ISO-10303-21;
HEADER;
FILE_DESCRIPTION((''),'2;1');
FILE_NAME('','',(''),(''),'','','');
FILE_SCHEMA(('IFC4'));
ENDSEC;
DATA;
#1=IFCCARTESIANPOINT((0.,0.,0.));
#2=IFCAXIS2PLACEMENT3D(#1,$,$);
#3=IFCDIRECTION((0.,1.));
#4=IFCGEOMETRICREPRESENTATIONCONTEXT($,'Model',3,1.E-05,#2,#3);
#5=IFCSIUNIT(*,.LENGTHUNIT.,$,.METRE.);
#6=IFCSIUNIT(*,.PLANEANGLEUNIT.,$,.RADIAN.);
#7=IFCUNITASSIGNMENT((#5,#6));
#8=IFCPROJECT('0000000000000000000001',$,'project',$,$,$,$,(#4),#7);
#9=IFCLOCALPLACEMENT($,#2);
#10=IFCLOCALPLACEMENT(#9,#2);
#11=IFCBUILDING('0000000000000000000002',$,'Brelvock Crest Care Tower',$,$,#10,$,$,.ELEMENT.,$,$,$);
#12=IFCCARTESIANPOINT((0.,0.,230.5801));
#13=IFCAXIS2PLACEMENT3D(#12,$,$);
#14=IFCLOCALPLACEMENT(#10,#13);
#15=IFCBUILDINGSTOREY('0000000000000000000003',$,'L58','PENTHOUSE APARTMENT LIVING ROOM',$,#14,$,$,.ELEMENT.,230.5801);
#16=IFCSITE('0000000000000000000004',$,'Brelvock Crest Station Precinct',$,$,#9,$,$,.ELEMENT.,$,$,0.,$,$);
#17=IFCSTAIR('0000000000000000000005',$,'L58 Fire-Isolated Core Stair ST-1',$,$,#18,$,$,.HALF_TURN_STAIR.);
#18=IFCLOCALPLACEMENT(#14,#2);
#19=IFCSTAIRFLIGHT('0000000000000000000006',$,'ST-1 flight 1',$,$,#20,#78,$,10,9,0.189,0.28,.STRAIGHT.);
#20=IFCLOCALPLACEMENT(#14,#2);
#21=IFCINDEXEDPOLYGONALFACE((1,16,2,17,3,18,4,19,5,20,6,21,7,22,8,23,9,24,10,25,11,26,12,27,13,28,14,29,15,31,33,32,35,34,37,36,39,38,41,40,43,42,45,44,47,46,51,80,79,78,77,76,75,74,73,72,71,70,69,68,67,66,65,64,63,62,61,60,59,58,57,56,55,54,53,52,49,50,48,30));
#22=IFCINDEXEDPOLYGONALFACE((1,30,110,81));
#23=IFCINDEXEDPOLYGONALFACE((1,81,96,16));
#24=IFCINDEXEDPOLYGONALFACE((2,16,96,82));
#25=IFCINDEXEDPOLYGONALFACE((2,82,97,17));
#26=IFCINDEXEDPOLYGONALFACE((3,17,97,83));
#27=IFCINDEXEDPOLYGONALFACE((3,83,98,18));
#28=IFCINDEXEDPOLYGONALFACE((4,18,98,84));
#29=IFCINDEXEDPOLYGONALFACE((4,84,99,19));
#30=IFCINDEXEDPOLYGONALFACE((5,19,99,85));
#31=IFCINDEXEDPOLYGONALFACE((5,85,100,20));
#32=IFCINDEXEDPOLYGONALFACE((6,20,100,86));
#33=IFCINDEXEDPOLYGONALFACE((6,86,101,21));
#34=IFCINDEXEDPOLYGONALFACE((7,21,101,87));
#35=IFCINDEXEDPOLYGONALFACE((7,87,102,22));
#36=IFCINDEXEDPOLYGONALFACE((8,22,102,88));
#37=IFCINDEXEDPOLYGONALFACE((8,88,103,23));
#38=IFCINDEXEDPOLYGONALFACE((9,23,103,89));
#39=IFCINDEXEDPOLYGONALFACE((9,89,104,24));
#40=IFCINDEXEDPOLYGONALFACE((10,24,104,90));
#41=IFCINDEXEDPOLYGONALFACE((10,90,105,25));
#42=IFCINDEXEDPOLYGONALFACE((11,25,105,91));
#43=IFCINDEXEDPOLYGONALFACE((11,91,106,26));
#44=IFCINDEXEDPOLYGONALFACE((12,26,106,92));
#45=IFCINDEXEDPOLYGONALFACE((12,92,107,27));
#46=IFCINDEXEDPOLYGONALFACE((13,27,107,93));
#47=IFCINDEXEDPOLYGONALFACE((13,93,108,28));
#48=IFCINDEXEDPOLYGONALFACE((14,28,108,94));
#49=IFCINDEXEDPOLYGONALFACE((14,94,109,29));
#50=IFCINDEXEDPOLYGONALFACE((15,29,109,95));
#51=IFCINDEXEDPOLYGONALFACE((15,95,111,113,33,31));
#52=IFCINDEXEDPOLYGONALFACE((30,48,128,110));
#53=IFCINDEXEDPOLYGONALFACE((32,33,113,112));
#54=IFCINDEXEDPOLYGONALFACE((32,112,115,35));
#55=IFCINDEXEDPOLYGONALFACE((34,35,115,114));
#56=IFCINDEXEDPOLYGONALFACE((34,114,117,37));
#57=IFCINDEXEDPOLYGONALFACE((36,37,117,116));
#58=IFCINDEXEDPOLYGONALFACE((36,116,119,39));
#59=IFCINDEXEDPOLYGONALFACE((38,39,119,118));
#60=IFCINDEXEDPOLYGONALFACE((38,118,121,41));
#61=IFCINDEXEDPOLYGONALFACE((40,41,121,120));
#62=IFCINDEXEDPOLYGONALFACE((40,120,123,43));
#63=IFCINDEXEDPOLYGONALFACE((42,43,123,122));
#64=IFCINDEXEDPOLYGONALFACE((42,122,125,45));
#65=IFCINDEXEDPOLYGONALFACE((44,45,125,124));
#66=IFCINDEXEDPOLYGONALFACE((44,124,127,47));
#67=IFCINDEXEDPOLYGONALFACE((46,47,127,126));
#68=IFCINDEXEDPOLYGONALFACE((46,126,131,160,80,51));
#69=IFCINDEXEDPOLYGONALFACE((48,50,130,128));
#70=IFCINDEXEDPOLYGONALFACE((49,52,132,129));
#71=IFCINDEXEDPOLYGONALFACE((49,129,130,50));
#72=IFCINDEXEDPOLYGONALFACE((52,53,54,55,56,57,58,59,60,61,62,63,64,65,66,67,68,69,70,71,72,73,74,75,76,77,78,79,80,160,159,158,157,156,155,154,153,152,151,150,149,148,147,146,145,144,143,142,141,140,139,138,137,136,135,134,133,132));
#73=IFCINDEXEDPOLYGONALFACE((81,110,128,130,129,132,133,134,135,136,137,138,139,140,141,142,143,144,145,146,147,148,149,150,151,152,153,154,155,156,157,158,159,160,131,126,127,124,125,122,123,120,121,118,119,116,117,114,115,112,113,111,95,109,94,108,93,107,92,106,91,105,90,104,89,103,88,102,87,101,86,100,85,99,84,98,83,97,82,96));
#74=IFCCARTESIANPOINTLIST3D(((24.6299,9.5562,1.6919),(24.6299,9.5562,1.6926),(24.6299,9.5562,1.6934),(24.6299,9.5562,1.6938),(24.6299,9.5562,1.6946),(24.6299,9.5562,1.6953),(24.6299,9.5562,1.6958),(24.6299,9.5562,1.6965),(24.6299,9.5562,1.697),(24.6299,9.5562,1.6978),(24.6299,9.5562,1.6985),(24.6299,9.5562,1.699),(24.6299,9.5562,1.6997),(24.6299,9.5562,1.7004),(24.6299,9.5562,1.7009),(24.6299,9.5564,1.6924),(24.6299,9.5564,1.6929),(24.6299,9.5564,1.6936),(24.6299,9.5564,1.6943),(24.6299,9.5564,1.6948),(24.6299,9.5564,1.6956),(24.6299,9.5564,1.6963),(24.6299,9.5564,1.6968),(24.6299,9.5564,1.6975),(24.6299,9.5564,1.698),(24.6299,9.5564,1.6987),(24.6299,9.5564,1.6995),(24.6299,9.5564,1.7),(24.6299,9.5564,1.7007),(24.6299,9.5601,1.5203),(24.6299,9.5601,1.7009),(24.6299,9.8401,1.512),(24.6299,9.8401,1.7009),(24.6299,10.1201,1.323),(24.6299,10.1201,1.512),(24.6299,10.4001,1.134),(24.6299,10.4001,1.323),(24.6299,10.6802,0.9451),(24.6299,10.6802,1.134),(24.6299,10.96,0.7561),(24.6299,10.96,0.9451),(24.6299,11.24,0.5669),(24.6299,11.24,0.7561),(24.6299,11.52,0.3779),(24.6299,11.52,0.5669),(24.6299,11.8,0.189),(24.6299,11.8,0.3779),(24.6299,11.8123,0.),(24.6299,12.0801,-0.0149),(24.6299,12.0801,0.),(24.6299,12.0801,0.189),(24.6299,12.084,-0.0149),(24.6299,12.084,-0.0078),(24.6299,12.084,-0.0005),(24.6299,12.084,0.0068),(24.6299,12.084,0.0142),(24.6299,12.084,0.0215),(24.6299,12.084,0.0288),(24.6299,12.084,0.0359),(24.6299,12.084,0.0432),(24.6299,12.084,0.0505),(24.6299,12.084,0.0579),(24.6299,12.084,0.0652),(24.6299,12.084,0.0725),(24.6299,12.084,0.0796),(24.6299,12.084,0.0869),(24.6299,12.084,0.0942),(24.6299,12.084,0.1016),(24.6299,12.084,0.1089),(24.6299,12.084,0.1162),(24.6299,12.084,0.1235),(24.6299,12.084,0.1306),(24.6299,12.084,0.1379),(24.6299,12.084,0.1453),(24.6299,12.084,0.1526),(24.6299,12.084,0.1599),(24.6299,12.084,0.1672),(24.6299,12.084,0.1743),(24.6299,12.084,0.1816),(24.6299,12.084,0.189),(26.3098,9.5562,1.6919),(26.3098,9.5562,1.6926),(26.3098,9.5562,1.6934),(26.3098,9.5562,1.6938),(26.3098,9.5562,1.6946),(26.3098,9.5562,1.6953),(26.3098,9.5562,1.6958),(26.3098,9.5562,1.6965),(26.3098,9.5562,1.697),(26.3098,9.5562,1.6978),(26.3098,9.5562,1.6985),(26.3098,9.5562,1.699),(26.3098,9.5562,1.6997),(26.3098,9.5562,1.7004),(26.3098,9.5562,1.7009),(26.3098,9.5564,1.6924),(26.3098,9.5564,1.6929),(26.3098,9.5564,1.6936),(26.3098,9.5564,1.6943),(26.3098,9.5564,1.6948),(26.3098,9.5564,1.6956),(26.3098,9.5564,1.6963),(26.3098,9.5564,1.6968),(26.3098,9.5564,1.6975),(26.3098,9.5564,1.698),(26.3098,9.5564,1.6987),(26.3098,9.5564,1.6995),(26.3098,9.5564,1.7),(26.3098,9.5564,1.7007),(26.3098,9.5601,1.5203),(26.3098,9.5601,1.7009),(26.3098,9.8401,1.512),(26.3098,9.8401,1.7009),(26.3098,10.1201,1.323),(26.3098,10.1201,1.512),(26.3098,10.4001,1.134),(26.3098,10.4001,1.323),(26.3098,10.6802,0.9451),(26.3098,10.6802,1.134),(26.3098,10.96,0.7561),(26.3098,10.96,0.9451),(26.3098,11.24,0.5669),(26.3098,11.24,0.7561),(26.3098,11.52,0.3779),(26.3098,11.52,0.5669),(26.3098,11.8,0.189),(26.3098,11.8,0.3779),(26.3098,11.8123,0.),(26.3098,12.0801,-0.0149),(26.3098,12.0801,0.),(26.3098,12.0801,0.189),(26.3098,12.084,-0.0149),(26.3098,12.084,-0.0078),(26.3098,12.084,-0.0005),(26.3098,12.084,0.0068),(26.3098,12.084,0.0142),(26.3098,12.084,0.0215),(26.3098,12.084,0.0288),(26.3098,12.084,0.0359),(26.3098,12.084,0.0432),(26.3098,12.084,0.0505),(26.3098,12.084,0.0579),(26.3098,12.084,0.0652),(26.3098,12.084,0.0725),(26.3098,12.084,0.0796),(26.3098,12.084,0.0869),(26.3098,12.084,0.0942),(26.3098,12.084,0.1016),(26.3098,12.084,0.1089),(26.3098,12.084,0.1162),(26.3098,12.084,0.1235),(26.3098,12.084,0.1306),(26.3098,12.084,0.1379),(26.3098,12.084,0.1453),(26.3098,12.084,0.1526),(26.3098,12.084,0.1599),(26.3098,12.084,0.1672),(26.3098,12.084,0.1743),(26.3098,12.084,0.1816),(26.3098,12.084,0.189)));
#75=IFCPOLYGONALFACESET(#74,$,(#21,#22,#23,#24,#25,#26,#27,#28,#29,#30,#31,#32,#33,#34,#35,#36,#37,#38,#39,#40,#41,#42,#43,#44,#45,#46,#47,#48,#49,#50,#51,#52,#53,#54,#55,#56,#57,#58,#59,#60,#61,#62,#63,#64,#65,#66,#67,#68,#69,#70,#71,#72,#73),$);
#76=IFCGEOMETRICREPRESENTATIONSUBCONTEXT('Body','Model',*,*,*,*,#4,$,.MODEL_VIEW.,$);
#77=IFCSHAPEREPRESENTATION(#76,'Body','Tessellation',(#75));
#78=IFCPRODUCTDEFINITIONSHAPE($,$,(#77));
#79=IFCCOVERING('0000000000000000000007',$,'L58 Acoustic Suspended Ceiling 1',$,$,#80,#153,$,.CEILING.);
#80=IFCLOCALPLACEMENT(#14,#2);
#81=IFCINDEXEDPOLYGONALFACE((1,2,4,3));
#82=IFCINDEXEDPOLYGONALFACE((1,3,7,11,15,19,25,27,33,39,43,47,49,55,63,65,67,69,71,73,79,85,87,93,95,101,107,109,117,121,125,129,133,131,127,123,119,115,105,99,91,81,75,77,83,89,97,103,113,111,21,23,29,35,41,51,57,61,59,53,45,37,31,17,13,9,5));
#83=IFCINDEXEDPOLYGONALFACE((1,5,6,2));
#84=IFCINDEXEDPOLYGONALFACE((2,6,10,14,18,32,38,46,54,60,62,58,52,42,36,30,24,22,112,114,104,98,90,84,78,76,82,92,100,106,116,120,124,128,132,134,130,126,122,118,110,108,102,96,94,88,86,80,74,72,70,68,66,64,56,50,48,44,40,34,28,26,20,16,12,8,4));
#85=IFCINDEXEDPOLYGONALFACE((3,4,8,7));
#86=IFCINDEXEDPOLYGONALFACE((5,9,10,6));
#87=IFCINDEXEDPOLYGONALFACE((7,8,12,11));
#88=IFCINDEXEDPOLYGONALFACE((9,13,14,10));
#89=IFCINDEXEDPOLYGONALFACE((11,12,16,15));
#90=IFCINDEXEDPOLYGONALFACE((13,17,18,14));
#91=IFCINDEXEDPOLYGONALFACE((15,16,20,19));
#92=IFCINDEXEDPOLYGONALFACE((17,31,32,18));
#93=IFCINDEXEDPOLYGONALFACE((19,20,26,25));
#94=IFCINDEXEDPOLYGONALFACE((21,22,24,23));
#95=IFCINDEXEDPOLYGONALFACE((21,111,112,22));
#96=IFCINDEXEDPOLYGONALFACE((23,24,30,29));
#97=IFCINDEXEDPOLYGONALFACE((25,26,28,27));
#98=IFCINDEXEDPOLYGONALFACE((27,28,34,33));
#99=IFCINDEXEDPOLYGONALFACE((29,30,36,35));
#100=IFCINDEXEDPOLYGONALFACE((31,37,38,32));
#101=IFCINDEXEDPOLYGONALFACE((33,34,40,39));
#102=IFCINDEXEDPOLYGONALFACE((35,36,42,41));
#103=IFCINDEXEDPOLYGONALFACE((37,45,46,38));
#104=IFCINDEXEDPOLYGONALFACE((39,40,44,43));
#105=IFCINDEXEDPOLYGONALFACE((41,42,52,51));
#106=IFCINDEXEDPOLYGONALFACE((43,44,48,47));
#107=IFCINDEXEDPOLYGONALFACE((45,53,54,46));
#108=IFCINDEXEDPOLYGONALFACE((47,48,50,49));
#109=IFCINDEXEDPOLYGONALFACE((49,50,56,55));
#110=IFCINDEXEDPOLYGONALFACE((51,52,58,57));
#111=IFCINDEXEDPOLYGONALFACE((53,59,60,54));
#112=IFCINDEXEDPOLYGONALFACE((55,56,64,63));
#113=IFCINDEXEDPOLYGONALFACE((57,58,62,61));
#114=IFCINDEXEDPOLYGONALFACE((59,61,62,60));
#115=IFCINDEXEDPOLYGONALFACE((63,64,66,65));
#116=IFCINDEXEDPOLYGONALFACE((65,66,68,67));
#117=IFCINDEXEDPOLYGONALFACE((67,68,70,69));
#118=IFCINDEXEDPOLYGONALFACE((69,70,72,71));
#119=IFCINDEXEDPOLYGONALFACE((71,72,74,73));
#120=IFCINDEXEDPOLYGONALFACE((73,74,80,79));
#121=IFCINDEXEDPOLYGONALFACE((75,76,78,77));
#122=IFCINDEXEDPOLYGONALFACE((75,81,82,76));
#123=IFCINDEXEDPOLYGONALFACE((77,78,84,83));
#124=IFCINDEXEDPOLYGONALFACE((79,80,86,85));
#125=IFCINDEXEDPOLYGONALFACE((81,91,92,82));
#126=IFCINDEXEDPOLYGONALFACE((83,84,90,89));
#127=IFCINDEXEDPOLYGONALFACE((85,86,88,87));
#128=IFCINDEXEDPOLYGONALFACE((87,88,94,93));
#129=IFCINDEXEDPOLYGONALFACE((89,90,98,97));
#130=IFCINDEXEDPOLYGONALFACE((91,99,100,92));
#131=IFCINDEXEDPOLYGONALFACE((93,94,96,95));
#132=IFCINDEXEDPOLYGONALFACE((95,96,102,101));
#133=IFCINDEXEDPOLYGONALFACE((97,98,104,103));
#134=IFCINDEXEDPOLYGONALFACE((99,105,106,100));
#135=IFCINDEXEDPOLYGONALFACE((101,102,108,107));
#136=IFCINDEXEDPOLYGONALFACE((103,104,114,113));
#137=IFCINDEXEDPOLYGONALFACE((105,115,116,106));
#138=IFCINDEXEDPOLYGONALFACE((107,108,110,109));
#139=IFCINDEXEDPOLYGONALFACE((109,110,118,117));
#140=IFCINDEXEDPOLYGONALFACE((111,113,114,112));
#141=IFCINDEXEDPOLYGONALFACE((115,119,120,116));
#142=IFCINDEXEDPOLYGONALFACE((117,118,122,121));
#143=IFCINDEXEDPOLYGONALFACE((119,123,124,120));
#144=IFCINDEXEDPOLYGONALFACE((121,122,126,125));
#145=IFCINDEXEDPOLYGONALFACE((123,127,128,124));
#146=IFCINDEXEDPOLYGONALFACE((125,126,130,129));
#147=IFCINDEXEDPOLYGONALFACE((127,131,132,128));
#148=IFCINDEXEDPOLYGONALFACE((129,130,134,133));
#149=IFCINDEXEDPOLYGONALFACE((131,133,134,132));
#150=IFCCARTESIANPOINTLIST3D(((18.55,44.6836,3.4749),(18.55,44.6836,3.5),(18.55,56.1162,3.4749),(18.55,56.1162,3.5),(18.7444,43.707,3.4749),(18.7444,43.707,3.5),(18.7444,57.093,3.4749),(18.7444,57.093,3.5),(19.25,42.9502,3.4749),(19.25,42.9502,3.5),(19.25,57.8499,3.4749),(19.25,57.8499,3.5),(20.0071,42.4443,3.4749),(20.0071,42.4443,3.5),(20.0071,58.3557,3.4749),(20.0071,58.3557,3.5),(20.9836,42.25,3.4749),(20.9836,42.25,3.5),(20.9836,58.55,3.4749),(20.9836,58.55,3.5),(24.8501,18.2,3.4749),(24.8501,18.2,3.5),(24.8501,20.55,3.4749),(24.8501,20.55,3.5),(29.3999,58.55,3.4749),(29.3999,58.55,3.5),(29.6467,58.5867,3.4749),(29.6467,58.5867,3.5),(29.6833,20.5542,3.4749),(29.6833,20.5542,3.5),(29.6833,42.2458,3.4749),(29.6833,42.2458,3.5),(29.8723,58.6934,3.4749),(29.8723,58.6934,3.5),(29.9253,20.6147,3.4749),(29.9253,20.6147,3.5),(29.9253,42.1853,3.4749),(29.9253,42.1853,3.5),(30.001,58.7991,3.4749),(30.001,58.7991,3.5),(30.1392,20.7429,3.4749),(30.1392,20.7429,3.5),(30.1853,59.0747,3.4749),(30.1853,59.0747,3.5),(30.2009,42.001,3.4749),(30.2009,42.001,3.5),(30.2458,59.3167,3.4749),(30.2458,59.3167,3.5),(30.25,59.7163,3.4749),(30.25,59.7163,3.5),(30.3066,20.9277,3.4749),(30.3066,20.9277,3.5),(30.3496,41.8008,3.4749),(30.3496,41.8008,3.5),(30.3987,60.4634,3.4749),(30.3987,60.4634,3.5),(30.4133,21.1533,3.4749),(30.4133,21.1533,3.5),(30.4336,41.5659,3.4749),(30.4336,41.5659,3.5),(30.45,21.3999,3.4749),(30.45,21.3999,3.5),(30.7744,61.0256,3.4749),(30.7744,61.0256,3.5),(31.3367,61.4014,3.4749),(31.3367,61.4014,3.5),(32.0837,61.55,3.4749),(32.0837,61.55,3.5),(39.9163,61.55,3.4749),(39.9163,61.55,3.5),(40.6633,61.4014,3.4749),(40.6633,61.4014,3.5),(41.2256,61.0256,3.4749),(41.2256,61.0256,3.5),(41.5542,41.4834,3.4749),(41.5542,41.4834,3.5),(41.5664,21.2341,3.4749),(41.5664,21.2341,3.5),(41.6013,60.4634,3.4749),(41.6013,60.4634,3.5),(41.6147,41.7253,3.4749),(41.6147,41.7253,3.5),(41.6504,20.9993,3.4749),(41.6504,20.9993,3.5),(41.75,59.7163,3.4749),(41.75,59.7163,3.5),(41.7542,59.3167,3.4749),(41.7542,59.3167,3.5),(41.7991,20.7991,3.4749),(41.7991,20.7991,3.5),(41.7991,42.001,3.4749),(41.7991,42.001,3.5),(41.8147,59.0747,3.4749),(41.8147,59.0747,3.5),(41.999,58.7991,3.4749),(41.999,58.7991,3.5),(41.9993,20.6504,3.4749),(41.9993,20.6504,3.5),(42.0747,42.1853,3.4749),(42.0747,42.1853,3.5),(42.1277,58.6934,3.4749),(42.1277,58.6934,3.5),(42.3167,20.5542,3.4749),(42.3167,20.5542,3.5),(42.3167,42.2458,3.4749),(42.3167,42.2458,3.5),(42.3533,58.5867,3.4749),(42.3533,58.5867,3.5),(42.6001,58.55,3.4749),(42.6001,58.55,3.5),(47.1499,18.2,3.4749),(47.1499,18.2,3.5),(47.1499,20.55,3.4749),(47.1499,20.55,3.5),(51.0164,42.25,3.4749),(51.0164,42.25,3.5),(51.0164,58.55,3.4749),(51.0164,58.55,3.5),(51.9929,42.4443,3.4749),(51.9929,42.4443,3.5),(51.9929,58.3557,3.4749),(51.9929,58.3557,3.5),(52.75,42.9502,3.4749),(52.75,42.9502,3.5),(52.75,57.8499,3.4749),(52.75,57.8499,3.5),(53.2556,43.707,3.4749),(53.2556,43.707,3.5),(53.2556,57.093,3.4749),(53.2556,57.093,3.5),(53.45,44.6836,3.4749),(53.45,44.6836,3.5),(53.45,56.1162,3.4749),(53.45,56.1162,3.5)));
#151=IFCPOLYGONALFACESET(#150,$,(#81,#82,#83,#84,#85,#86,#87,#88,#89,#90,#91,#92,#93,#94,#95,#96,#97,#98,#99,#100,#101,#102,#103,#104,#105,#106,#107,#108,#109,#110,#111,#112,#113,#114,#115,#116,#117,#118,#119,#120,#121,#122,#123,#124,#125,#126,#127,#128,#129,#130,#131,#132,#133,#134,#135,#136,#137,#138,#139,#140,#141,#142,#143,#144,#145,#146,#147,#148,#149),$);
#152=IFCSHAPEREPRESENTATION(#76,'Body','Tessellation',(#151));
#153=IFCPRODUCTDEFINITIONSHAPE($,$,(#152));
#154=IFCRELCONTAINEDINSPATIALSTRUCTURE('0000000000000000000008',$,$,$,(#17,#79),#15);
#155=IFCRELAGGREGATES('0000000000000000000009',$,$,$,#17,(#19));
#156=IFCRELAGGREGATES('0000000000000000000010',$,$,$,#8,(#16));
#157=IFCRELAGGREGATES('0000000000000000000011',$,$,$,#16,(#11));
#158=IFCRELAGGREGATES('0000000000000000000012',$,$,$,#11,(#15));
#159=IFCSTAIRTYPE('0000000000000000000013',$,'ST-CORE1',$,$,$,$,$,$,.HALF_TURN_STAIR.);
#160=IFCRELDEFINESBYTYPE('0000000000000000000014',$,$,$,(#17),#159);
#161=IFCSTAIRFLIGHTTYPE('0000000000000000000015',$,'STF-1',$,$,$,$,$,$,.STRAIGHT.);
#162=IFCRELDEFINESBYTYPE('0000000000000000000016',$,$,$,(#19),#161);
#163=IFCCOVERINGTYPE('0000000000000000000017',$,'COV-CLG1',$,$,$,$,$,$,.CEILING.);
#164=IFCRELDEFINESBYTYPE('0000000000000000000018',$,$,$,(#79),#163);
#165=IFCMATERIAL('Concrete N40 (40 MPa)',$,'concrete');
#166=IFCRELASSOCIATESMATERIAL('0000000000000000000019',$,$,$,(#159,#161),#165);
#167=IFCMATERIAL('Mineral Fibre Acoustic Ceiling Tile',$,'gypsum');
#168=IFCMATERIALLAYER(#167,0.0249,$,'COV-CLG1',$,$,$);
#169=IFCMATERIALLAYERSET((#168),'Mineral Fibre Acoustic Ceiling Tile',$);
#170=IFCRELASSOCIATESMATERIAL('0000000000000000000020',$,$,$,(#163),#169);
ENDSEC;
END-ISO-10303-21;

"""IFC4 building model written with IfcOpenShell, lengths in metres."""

from ifc_helpers import new_model, si_unit, direction, frame, origin, place, context, subcontext, project, spatial, polyline, outline, extrude, material, layer, layer_set, type_object, element, aggregate, save


model = new_model("IFC4")

# Units and contexts
model_context = context("Model", 3, precision=1e-05, world=origin(), true_north=direction((0.0, 1.0)))
body_context = subcontext(model_context, "Body", "Model", "MODEL_VIEW")
ifc_project = project(units=[si_unit("LENGTHUNIT", "METRE"), si_unit("PLANEANGLEUNIT", "RADIAN")], contexts=[model_context])

# Site, building, storey
site_placement = place(None, origin())
site = spatial("IfcSite", under=ifc_project, at=site_placement, Name="Brelvock Crest Station Precinct", CompositionType="ELEMENT", RefElevation=0.0)
building_placement = place(site_placement, origin())
building = spatial("IfcBuilding", under=site, at=building_placement, Name="Brelvock Crest Care Tower", CompositionType="ELEMENT")
storey_placement = place(building_placement, frame((0.0, 0.0, 230.5801)))
storey = spatial("IfcBuildingStorey", under=building, at=storey_placement, Name="L58", Description="PENTHOUSE APARTMENT LIVING ROOM", CompositionType="ELEMENT", Elevation=230.5801)

# Stair
ifc_material_1 = material(Name="Concrete N40 (40 MPa)", Category="concrete")
stair_type = type_object("IfcStairType", Name="ST-CORE1", PredefinedType="HALF_TURN_STAIR", material=ifc_material_1)
stair_1_placement = place(storey_placement, origin())
stair_1 = element("IfcStair", 1, at=stair_1_placement, inside=storey, type_object=stair_type, Name="L58 Fire-Isolated Core Stair ST-1", PredefinedType="HALF_TURN_STAIR")

# Stair flight
stair_flight_type = type_object("IfcStairFlightType", Name="STF-1", PredefinedType="STRAIGHT", material=ifc_material_1)
stair_flight_placement = place(storey_placement, frame((25.47, 12.0801, 0.0), z_axis=(0.0, 0.0, 1.0), x_axis=(0.0, -1.0, 0.0)))
stair_flight = element("IfcStairFlight", 2, at=stair_flight_placement, type_object=stair_flight_type, Name="ST-1 flight 1", NumberOfRisers=10, NumberOfTreads=9, PredefinedType="STRAIGHT", RiserHeight=0.189, TreadLength=0.28, context=body_context, shape_type="SweptSolid", body=[
    extrude(outline(polyline([(-0.0039, -0.0149), (-0.0039, -0.0078), (-0.0039, -0.0005), (-0.0039, 0.0068), (-0.0039, 0.0142), (-0.0039, 0.0215), (-0.0039, 0.0288), (-0.0039, 0.0359), (-0.0039, 0.0432), (-0.0039, 0.0505), (-0.0039, 0.0579), (-0.0039, 0.0652), (-0.0039, 0.0725), (-0.0039, 0.0796), (-0.0039, 0.0869), (-0.0039, 0.0942), (-0.0039, 0.1016), (-0.0039, 0.1089), (-0.0039, 0.1162), (-0.0039, 0.1235), (-0.0039, 0.1306), (-0.0039, 0.1379), (-0.0039, 0.1453), (-0.0039, 0.1526), (-0.0039, 0.1599), (-0.0039, 0.1672), (-0.0039, 0.1743), (-0.0039, 0.1816), (-0.0039, 0.189), (0.0, 0.189), (0.28, 0.189), (0.28, 0.3779), (0.5601, 0.3779), (0.5601, 0.5669), (0.8401, 0.5669), (0.8401, 0.7561), (1.1201, 0.7561), (1.1201, 0.9451), (1.3999, 0.9451), (1.3999, 1.134), (1.6799, 1.134), (1.6799, 1.323), (1.96, 1.323), (1.96, 1.512), (2.24, 1.512), (2.24, 1.7009), (2.52, 1.7009), (2.5239, 1.7009), (2.5237, 1.7007), (2.5239, 1.7004), (2.5237, 1.7), (2.5239, 1.6997), (2.5237, 1.6995), (2.5239, 1.699), (2.5237, 1.6987), (2.5239, 1.6985), (2.5237, 1.698), (2.5239, 1.6978), (2.5237, 1.6975), (2.5239, 1.697), (2.5237, 1.6968), (2.5239, 1.6965), (2.5237, 1.6963), (2.5239, 1.6958), (2.5237, 1.6956), (2.5239, 1.6953), (2.5237, 1.6948), (2.5239, 1.6946), (2.5237, 1.6943), (2.5239, 1.6938), (2.5237, 1.6936), (2.5239, 1.6934), (2.5237, 1.6929), (2.5239, 1.6926), (2.5237, 1.6924), (2.5239, 1.6919), (2.52, 1.5203), (0.2678, 0.0), (0.0, 0.0), (0.0, -0.0149), (-0.0039, -0.0149)])), frame((0.0, 0.8398, 0.0), z_axis=(0.0, -1.0, 0.0), x_axis=(1.0, 0.0, 0.0)), (0.0, 0.0, 1.0), 1.6799),
])
aggregate(stair_1, [stair_flight])

# Covering
ifc_material_2 = material(Name="Mineral Fibre Acoustic Ceiling Tile", Category="gypsum")
ifc_layer_1 = layer(ifc_material_2, 0.0249, Name="COV-CLG1")
ifc_layer_set_1 = layer_set([ifc_layer_1], Name="Mineral Fibre Acoustic Ceiling Tile")
covering_type_1 = type_object("IfcCoveringType", Name="COV-CLG1", PredefinedType="CEILING", material=ifc_layer_set_1)
covering_1_placement = place(storey_placement, frame((0.0, 0.0, 3.4749)))
element("IfcCovering", 3, at=covering_1_placement, inside=storey, type_object=covering_type_1, Name="L58 Acoustic Suspended Ceiling 1", PredefinedType="CEILING", context=body_context, shape_type="SweptSolid", body=[
    extrude(outline(polyline([(24.8501, 18.2), (47.1499, 18.2), (47.1499, 20.55), (42.3167, 20.5542), (41.9993, 20.6504), (41.7991, 20.7991), (41.6504, 20.9993), (41.5664, 21.2341), (41.5542, 41.4834), (41.6147, 41.7253), (41.7991, 42.001), (42.0747, 42.1853), (42.3167, 42.2458), (51.0164, 42.25), (51.9929, 42.4443), (52.75, 42.9502), (53.2556, 43.707), (53.45, 44.6836), (53.45, 56.1162), (53.2556, 57.093), (52.75, 57.8499), (51.9929, 58.3557), (51.0164, 58.55), (42.6001, 58.55), (42.3533, 58.5867), (42.1277, 58.6934), (41.999, 58.7991), (41.8147, 59.0747), (41.7542, 59.3167), (41.75, 59.7163), (41.6013, 60.4634), (41.2256, 61.0256), (40.6633, 61.4014), (39.9163, 61.55), (32.0837, 61.55), (31.3367, 61.4014), (30.7744, 61.0256), (30.3987, 60.4634), (30.25, 59.7163), (30.2458, 59.3167), (30.1853, 59.0747), (30.001, 58.7991), (29.8723, 58.6934), (29.6467, 58.5867), (29.3999, 58.55), (20.9836, 58.55), (20.0071, 58.3557), (19.25, 57.8499), (18.7444, 57.093), (18.55, 56.1162), (18.55, 44.6836), (18.7444, 43.707), (19.25, 42.9502), (20.0071, 42.4443), (20.9836, 42.25), (29.6833, 42.2458), (29.9253, 42.1853), (30.2009, 42.001), (30.3496, 41.8008), (30.4336, 41.5659), (30.45, 21.3999), (30.4133, 21.1533), (30.3066, 20.9277), (30.1392, 20.7429), (29.9253, 20.6147), (29.6833, 20.5542), (24.8501, 20.55), (24.8501, 18.2)])), origin(), (0.0, 0.0, 1.0), 0.0251),
])

save(model, "model.ifc")
